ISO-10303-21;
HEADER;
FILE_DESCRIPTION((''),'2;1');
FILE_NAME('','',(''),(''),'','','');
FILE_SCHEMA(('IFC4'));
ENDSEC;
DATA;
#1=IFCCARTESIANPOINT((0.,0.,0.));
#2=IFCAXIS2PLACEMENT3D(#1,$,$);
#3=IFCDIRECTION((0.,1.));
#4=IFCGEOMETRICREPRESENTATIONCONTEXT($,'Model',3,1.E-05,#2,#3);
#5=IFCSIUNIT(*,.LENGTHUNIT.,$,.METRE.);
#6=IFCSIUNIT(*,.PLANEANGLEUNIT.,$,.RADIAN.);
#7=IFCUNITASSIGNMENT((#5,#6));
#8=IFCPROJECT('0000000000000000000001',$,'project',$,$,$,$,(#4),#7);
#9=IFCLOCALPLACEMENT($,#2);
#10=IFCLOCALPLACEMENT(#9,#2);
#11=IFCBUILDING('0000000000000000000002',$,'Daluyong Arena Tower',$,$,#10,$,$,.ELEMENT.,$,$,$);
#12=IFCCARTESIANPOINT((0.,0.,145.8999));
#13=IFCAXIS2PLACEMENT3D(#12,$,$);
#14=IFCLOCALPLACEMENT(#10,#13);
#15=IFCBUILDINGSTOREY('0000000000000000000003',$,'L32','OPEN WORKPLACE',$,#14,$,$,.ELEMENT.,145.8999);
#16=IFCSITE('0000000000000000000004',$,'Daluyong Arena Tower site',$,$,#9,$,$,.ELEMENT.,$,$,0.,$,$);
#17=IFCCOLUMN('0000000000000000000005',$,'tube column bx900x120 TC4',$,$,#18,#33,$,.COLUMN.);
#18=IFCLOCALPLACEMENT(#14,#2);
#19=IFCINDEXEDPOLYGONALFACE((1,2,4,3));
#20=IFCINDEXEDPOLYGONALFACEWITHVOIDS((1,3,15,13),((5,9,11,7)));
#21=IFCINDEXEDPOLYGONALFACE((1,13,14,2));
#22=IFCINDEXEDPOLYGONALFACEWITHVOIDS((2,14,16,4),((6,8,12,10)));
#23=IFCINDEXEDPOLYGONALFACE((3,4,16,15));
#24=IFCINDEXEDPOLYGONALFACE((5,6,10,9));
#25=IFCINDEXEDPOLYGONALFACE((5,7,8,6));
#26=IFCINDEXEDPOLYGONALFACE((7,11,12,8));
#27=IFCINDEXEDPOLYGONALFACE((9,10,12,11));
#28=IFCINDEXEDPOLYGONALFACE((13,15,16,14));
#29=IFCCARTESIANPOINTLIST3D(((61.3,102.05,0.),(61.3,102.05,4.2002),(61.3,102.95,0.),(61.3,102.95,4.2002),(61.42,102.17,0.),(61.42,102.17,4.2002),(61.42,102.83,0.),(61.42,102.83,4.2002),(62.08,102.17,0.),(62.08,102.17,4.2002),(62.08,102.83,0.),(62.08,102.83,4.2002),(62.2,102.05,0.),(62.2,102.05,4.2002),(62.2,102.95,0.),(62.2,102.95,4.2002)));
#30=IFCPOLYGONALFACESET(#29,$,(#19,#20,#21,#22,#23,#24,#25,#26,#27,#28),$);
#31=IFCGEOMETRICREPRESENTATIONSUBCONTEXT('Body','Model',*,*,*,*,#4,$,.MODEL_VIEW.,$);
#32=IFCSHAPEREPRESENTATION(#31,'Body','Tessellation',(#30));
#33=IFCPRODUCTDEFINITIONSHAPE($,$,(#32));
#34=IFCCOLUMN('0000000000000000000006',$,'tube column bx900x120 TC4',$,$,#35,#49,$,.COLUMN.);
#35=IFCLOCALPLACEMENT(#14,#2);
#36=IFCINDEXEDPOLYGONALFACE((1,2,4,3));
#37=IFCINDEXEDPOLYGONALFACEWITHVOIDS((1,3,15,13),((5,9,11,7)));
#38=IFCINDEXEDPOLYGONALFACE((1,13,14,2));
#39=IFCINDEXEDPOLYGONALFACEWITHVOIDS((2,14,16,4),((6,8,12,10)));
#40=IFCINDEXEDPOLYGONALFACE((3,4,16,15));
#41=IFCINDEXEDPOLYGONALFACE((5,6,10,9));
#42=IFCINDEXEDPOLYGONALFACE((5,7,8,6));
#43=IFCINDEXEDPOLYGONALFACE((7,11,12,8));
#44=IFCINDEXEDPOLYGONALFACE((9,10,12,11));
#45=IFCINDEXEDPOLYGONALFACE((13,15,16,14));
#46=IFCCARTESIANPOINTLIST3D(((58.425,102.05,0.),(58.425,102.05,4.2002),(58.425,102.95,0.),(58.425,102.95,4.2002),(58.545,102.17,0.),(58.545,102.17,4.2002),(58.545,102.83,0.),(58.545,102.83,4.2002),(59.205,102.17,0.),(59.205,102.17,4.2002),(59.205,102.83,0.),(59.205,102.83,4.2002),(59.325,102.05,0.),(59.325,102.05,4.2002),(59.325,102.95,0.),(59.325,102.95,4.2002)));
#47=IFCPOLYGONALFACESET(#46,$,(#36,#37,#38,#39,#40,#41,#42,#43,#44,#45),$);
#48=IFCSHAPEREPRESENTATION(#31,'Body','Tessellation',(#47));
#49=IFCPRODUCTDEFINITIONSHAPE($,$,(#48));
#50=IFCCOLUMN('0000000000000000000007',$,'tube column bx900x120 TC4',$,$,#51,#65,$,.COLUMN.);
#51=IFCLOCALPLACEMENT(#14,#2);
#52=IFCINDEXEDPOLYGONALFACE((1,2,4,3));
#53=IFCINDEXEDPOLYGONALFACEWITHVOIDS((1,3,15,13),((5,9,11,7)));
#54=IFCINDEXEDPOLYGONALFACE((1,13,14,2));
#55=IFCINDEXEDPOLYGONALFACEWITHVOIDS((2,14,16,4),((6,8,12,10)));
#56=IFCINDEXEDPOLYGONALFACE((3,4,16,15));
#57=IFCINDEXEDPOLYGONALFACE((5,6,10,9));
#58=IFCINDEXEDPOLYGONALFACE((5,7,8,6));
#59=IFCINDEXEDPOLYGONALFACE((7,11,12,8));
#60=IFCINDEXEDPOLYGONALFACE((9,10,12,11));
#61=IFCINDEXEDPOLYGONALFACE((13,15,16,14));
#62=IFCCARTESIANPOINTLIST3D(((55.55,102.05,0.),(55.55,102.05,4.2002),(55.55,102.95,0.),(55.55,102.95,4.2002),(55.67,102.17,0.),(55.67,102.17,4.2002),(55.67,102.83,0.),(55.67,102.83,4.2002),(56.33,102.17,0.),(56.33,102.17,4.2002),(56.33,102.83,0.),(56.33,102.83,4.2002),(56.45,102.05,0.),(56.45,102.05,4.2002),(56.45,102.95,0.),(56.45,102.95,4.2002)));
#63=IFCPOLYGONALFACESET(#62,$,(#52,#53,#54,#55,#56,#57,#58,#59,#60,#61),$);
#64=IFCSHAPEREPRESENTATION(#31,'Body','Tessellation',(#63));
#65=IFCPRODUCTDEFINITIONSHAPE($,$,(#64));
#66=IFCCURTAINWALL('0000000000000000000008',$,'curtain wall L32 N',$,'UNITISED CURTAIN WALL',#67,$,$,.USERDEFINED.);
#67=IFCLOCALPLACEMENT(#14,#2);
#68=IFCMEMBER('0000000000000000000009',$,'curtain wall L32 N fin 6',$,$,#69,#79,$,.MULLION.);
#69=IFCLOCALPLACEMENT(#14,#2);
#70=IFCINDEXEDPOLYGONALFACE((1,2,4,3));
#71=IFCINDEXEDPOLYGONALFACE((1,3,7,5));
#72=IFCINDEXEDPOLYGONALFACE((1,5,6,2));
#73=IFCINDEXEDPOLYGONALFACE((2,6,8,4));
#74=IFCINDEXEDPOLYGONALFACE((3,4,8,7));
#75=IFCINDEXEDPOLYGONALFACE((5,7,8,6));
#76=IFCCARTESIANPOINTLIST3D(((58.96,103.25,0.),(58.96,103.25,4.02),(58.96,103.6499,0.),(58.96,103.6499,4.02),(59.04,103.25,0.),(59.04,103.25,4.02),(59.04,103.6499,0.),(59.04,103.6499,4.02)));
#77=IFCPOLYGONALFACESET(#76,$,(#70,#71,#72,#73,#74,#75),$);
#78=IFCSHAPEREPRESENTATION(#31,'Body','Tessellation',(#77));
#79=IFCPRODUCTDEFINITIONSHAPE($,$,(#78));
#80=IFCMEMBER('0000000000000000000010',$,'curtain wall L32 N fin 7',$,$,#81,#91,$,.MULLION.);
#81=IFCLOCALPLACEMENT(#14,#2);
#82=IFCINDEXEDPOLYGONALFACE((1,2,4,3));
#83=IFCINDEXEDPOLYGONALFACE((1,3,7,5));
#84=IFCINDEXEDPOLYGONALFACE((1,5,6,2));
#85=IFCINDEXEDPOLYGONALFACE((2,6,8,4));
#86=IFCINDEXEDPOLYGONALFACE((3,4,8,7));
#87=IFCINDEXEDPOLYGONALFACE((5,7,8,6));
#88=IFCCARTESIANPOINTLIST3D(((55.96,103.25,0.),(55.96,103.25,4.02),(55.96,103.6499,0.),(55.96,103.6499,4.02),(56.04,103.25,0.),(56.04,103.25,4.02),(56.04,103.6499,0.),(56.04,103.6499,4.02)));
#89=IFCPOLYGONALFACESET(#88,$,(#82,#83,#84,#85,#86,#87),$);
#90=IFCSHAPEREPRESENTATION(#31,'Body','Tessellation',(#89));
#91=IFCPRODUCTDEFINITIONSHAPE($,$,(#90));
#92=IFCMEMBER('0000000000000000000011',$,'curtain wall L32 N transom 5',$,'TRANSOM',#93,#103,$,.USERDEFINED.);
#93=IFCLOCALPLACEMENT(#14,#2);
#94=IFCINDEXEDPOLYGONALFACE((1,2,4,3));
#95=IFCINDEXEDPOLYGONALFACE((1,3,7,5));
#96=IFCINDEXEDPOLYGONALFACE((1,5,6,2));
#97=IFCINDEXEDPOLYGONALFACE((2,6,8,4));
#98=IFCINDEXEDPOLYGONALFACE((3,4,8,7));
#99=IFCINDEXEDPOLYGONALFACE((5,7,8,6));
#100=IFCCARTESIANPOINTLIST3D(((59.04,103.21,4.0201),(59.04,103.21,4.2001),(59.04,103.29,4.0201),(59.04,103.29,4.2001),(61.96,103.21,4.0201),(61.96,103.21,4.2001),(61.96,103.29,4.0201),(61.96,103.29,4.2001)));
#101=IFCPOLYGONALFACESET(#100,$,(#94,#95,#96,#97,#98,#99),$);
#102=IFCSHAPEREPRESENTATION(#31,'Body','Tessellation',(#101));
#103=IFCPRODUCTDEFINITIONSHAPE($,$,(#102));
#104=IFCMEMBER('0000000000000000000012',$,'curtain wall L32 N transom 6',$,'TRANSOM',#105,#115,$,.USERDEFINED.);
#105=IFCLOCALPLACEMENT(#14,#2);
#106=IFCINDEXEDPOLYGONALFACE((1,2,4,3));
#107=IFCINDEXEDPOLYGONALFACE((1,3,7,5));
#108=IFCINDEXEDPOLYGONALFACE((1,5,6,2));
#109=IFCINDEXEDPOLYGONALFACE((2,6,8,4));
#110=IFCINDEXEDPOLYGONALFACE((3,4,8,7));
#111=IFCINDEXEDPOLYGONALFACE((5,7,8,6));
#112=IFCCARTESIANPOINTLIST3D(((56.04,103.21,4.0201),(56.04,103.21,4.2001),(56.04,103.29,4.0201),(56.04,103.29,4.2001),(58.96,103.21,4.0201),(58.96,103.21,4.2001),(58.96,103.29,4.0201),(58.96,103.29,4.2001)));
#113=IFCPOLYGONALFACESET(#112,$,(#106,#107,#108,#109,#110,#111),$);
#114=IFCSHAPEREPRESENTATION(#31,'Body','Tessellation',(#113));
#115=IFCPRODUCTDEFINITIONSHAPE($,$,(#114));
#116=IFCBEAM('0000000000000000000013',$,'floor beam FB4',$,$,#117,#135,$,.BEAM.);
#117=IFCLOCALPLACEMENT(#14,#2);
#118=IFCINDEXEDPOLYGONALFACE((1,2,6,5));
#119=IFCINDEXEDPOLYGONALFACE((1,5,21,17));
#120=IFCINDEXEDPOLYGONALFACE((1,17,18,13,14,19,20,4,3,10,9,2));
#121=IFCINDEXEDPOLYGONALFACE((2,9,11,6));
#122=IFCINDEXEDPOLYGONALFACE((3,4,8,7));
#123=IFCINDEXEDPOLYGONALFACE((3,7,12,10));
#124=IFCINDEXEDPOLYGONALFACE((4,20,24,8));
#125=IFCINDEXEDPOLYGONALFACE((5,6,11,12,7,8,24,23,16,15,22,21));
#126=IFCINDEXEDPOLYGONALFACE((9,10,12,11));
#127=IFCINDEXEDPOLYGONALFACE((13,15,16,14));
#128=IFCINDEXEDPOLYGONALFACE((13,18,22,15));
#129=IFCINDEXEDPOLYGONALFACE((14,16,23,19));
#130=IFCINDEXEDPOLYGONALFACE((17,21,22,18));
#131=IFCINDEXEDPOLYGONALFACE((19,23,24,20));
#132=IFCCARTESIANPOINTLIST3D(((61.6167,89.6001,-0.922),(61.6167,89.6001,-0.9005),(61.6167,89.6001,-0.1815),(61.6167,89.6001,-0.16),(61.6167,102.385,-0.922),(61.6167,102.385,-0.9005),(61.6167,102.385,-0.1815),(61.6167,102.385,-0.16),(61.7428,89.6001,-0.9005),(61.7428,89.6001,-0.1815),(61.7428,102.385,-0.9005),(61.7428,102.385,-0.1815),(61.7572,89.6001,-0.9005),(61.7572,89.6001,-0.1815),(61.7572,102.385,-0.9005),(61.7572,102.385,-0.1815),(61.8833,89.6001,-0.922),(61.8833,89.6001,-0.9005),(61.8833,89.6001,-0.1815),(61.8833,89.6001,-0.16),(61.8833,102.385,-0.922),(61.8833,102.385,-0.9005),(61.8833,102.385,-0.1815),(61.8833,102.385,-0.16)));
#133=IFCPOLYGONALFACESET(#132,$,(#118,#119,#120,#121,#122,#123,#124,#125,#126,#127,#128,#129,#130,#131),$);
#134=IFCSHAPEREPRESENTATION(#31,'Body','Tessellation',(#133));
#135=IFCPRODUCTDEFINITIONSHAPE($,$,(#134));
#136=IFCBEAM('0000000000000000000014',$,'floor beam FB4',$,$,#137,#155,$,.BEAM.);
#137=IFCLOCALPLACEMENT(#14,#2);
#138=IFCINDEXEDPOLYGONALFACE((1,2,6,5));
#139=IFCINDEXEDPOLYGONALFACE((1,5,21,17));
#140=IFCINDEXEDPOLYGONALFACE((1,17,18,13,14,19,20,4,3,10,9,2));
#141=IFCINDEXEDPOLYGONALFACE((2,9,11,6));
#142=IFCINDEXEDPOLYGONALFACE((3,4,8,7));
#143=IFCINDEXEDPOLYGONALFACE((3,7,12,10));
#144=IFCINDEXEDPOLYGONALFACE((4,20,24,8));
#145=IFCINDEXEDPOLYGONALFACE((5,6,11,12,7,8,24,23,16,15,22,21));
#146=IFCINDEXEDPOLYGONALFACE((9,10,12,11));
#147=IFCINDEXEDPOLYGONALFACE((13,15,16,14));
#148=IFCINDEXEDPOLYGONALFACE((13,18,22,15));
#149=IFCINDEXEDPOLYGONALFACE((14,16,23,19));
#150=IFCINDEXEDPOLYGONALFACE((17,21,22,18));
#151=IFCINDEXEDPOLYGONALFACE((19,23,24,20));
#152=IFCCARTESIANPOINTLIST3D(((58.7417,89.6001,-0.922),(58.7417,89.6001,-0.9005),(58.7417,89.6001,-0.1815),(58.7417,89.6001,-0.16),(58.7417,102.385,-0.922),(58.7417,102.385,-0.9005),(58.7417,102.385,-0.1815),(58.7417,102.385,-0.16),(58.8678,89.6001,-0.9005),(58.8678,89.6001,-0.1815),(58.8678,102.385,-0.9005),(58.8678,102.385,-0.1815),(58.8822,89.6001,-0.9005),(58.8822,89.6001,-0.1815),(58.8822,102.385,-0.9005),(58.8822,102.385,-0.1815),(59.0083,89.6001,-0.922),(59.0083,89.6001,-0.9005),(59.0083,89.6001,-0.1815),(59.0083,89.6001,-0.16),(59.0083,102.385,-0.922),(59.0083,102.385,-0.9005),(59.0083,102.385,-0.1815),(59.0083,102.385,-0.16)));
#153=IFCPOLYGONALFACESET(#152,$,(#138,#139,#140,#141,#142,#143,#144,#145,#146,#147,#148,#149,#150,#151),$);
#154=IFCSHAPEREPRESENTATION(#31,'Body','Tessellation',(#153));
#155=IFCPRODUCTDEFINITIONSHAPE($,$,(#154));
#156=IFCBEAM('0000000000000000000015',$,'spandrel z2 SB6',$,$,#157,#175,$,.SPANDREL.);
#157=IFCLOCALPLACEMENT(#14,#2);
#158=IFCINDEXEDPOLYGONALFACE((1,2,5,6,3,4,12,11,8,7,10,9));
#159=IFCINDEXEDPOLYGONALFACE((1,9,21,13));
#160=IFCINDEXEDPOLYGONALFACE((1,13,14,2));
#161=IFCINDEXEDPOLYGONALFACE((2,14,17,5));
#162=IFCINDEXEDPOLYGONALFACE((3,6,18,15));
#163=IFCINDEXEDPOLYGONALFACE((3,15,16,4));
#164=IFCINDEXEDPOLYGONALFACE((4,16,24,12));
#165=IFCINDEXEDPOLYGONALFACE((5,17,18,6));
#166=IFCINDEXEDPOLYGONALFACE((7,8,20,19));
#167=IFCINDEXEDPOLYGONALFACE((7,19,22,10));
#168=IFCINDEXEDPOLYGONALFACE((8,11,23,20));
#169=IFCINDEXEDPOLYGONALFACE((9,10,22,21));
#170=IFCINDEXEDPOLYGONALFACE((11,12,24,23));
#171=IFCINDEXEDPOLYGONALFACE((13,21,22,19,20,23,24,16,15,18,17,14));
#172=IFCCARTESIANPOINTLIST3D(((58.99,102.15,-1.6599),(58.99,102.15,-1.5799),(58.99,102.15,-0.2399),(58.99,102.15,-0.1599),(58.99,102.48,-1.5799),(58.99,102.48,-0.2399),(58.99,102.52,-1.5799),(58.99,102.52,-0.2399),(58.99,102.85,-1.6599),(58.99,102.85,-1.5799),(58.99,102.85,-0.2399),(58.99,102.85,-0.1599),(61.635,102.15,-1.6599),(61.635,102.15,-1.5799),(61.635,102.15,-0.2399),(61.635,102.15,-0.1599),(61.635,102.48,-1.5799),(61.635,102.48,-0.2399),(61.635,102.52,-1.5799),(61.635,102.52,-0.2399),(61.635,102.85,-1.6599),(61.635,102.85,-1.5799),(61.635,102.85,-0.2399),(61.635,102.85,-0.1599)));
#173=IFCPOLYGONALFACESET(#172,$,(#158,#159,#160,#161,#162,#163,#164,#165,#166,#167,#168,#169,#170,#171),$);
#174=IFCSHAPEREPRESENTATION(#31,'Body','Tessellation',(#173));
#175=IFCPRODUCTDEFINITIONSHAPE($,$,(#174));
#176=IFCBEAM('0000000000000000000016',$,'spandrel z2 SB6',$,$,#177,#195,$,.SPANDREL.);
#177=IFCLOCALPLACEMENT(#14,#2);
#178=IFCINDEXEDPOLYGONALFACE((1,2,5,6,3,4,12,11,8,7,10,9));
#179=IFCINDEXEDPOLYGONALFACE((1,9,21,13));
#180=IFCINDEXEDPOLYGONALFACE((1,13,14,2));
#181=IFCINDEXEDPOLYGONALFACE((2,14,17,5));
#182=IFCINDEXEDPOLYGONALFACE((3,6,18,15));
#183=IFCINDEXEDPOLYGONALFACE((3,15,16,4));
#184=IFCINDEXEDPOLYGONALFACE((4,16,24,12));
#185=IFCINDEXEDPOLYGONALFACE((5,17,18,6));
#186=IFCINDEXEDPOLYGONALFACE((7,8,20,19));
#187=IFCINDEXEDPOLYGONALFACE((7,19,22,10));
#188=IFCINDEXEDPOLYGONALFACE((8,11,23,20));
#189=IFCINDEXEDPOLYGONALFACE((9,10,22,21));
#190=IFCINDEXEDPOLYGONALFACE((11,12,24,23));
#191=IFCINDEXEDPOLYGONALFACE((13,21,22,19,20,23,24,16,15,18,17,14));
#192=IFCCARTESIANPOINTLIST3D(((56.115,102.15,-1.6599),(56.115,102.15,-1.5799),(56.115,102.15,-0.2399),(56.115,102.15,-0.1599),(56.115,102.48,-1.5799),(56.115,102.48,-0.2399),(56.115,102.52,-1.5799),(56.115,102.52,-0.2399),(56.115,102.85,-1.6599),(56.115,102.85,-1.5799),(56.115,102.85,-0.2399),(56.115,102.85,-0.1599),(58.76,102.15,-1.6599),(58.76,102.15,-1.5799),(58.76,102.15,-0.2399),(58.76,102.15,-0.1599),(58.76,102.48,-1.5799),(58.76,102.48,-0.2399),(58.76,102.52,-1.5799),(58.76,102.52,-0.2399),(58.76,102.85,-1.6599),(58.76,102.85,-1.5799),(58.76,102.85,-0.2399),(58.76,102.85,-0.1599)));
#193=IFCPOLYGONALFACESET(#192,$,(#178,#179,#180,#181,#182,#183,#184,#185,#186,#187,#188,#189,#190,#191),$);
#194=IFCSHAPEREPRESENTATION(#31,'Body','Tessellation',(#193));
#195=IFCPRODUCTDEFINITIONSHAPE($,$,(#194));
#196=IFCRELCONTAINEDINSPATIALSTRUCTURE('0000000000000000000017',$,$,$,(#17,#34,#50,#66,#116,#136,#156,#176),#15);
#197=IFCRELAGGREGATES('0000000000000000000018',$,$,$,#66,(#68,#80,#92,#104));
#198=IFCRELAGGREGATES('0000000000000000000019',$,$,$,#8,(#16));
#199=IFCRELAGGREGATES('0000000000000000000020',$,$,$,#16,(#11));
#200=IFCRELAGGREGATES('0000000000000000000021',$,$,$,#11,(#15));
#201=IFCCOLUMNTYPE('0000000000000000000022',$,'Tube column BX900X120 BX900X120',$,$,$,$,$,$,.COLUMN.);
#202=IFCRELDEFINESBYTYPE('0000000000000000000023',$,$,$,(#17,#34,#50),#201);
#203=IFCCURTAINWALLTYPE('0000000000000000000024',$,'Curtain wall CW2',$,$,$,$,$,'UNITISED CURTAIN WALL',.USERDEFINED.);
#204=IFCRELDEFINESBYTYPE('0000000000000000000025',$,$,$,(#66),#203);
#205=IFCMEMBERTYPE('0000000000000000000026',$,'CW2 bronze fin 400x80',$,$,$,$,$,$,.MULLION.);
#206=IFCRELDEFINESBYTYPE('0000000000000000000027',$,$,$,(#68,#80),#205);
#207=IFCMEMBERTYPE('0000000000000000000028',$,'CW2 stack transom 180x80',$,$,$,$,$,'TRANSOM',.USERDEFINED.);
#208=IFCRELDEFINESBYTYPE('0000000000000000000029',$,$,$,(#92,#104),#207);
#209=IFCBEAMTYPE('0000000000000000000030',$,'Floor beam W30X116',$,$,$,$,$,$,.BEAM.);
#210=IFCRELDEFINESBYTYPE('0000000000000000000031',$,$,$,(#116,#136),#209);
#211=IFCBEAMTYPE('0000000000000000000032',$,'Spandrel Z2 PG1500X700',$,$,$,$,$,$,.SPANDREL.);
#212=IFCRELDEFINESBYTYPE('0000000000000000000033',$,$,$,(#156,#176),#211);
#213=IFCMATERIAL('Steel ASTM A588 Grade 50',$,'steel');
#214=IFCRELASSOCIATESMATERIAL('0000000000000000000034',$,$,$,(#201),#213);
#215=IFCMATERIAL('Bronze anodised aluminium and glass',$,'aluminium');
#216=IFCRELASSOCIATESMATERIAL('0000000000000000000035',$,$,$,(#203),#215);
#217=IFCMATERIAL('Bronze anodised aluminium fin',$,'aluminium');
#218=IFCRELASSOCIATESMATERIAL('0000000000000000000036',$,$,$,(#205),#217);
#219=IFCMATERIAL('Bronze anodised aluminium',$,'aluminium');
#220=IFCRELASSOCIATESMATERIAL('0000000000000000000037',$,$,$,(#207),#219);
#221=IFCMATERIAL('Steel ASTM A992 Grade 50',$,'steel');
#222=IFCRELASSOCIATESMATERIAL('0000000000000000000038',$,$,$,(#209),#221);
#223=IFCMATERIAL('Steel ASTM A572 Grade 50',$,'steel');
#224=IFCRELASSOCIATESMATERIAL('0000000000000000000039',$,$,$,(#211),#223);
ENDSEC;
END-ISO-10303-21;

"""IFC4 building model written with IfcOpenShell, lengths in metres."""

from ifc_helpers import new_model, si_unit, direction, frame, origin, origin_2d, place, context, subcontext, project, spatial, rectangle, hollow_rectangle, i_section, extrude, material, material_profile, profile_set, type_object, element, aggregate, save


model = new_model("IFC4")

# Units and contexts
model_context = context("Model", 3, precision=1e-05, world=origin(), true_north=direction((0.0, 1.0)))
body_context = subcontext(model_context, "Body", "Model", "MODEL_VIEW")
ifc_project = project(units=[si_unit("LENGTHUNIT", "METRE"), si_unit("PLANEANGLEUNIT", "RADIAN")], contexts=[model_context])

# Site, building, storey
site_placement = place(None, origin())
site = spatial("IfcSite", under=ifc_project, at=site_placement, Name="Daluyong Arena Tower site", CompositionType="ELEMENT", RefElevation=0.0)
building_placement = place(site_placement, origin())
building = spatial("IfcBuilding", under=site, at=building_placement, Name="Daluyong Arena Tower", CompositionType="ELEMENT")
storey_placement = place(building_placement, frame((0.0, 0.0, 145.8999)))
storey = spatial("IfcBuildingStorey", under=building, at=storey_placement, Name="L32", Description="OPEN WORKPLACE", CompositionType="ELEMENT", Elevation=145.8999)

# Columns
ifc_material_1 = material(Name="Steel ASTM A588 Grade 50", Category="steel")
ifc_material_profile_1 = material_profile(ifc_material_1, hollow_rectangle(XDim=0.8999, YDim=0.8999, WallThickness=0.12, at=origin_2d()))
ifc_profile_set_1 = profile_set([ifc_material_profile_1], Name="Steel ASTM A588 Grade 50")
column_type = type_object("IfcColumnType", Name="Tube column BX900X120 BX900X120", PredefinedType="COLUMN", material=ifc_profile_set_1)
for number, where, z_axis, x_axis, name in (
    (1, (61.75, 102.5, 0.0), (0.0, 0.0, 1.0), (1.0, 0.0, 0.0), "tube column bx900x120 TC4"),
    (2, (58.875, 102.5, 0.0), (0.0, 0.0, 1.0), (1.0, 0.0, 0.0), "tube column bx900x120 TC4"),
    (3, (56.0, 102.5, 0.0), (0.0, 0.0, 1.0), (1.0, 0.0, 0.0), "tube column bx900x120 TC4"),
):
    element("IfcColumn", number, at=place(storey_placement, frame(where, z_axis=z_axis, x_axis=x_axis)), inside=storey, type_object=column_type, Name=name, PredefinedType="COLUMN", context=body_context, shape_type="SweptSolid", body=[
        extrude(hollow_rectangle(XDim=0.8999, YDim=0.8999, WallThickness=0.12, at=origin_2d()), origin(), (0.0, 0.0, 1.0), 4.2002),
    ])

# Curtain wall, members
ifc_material_2 = material(Name="Bronze anodised aluminium and glass", Category="aluminium")
curtain_wall_type = type_object("IfcCurtainWallType", Name="Curtain wall CW2", ElementType="UNITISED CURTAIN WALL", PredefinedType="USERDEFINED", material=ifc_material_2)
curtain_wall_placement = place(storey_placement, origin())
curtain_wall = element("IfcCurtainWall", 4, at=curtain_wall_placement, inside=storey, type_object=curtain_wall_type, Name="curtain wall L32 N", ObjectType="UNITISED CURTAIN WALL", PredefinedType="USERDEFINED")
ifc_material_3 = material(Name="Bronze anodised aluminium fin", Category="aluminium")
ifc_material_profile_2 = material_profile(ifc_material_3, rectangle(XDim=0.3999, YDim=0.0801, at=origin_2d()))
ifc_profile_set_2 = profile_set([ifc_material_profile_2], Name="Bronze anodised aluminium fin")
member_type_1 = type_object("IfcMemberType", Name="CW2 bronze fin 400x80", PredefinedType="MULLION", material=ifc_profile_set_2)
member_1_placement = place(storey_placement, frame((59.0, 103.45, 0.0), z_axis=(0.0, 0.0, 1.0), x_axis=(0.0, -1.0, 0.0)))
member_1 = element("IfcMember", 5, at=member_1_placement, type_object=member_type_1, Name="curtain wall L32 N fin 6", PredefinedType="MULLION", context=body_context, shape_type="SweptSolid", body=[
    extrude(rectangle(XDim=0.3999, YDim=0.0801, at=origin_2d()), origin(), (0.0, 0.0, 1.0), 4.02),
])
member_2_placement = place(storey_placement, frame((56.0, 103.45, 0.0), z_axis=(0.0, 0.0, 1.0), x_axis=(0.0, -1.0, 0.0)))
member_2 = element("IfcMember", 6, at=member_2_placement, type_object=member_type_1, Name="curtain wall L32 N fin 7", PredefinedType="MULLION", context=body_context, shape_type="SweptSolid", body=[
    extrude(rectangle(XDim=0.3999, YDim=0.0801, at=origin_2d()), origin(), (0.0, 0.0, 1.0), 4.02),
])
ifc_material_4 = material(Name="Bronze anodised aluminium", Category="aluminium")
ifc_material_profile_3 = material_profile(ifc_material_4, rectangle(XDim=0.0801, YDim=0.1799, at=origin_2d()))
ifc_profile_set_3 = profile_set([ifc_material_profile_3], Name="Bronze anodised aluminium")
member_type_2 = type_object("IfcMemberType", Name="CW2 stack transom 180x80", ElementType="TRANSOM", PredefinedType="USERDEFINED", material=ifc_profile_set_3)
member_3_placement = place(storey_placement, frame((61.96, 103.25, 4.1101), z_axis=(-1.0, 0.0, 0.0), x_axis=(0.0, -1.0, 0.0)))
member_3 = element("IfcMember", 7, at=member_3_placement, type_object=member_type_2, Name="curtain wall L32 N transom 5", ObjectType="TRANSOM", PredefinedType="USERDEFINED", context=body_context, shape_type="SweptSolid", body=[
    extrude(rectangle(XDim=0.0801, YDim=0.1799, at=origin_2d()), origin(), (0.0, 0.0, 1.0), 2.9199),
])
member_4_placement = place(storey_placement, frame((58.96, 103.25, 4.1101), z_axis=(-1.0, 0.0, 0.0), x_axis=(0.0, -1.0, 0.0)))
member_4 = element("IfcMember", 8, at=member_4_placement, type_object=member_type_2, Name="curtain wall L32 N transom 6", ObjectType="TRANSOM", PredefinedType="USERDEFINED", context=body_context, shape_type="SweptSolid", body=[
    extrude(rectangle(XDim=0.0801, YDim=0.1799, at=origin_2d()), origin(), (0.0, 0.0, 1.0), 2.9199),
])

# Beams
ifc_material_5 = material(Name="Steel ASTM A992 Grade 50", Category="steel")
ifc_material_profile_4 = material_profile(ifc_material_5, i_section(OverallWidth=0.2666, OverallDepth=0.762, WebThickness=0.0144, FlangeThickness=0.0215, at=origin_2d()))
ifc_profile_set_4 = profile_set([ifc_material_profile_4], Name="Steel ASTM A992 Grade 50")
beam_type_1 = type_object("IfcBeamType", Name="Floor beam W30X116", PredefinedType="BEAM", material=ifc_profile_set_4)
for number, where, z_axis, x_axis, name in (
    (9, (61.75, 102.385, -0.541), (0.0, -1.0, 0.0), (1.0, 0.0, 0.0), "floor beam FB4"),
    (10, (58.875, 102.385, -0.541), (0.0, -1.0, 0.0), (1.0, 0.0, 0.0), "floor beam FB4"),
):
    element("IfcBeam", number, at=place(storey_placement, frame(where, z_axis=z_axis, x_axis=x_axis)), inside=storey, type_object=beam_type_1, Name=name, PredefinedType="BEAM", context=body_context, shape_type="SweptSolid", body=[
        extrude(i_section(OverallWidth=0.2666, OverallDepth=0.762, WebThickness=0.0144, FlangeThickness=0.0215, at=origin_2d()), origin(), (0.0, 0.0, 1.0), 12.7849),
    ])
ifc_material_6 = material(Name="Steel ASTM A572 Grade 50", Category="steel")
ifc_material_profile_5 = material_profile(ifc_material_6, i_section(OverallWidth=0.7, OverallDepth=1.5, WebThickness=0.04, FlangeThickness=0.08, at=origin_2d()))
ifc_profile_set_5 = profile_set([ifc_material_profile_5], Name="Steel ASTM A572 Grade 50")
beam_type_2 = type_object("IfcBeamType", Name="Spandrel Z2 PG1500X700", PredefinedType="SPANDREL", material=ifc_profile_set_5)
for number, where, z_axis, x_axis, name in (
    (11, (61.635, 102.5, -0.9099), (-1.0, 0.0, 0.0), (0.0, -1.0, 0.0), "spandrel z2 SB6"),
    (12, (58.76, 102.5, -0.9099), (-1.0, 0.0, 0.0), (0.0, -1.0, 0.0), "spandrel z2 SB6"),
):
    element("IfcBeam", number, at=place(storey_placement, frame(where, z_axis=z_axis, x_axis=x_axis)), inside=storey, type_object=beam_type_2, Name=name, PredefinedType="SPANDREL", context=body_context, shape_type="SweptSolid", body=[
        extrude(i_section(OverallWidth=0.7, OverallDepth=1.5, WebThickness=0.04, FlangeThickness=0.08, at=origin_2d()), origin(), (0.0, 0.0, 1.0), 2.645),
    ])

aggregate(curtain_wall, [member_1, member_2, member_3, member_4])

save(model, "model.ifc")
